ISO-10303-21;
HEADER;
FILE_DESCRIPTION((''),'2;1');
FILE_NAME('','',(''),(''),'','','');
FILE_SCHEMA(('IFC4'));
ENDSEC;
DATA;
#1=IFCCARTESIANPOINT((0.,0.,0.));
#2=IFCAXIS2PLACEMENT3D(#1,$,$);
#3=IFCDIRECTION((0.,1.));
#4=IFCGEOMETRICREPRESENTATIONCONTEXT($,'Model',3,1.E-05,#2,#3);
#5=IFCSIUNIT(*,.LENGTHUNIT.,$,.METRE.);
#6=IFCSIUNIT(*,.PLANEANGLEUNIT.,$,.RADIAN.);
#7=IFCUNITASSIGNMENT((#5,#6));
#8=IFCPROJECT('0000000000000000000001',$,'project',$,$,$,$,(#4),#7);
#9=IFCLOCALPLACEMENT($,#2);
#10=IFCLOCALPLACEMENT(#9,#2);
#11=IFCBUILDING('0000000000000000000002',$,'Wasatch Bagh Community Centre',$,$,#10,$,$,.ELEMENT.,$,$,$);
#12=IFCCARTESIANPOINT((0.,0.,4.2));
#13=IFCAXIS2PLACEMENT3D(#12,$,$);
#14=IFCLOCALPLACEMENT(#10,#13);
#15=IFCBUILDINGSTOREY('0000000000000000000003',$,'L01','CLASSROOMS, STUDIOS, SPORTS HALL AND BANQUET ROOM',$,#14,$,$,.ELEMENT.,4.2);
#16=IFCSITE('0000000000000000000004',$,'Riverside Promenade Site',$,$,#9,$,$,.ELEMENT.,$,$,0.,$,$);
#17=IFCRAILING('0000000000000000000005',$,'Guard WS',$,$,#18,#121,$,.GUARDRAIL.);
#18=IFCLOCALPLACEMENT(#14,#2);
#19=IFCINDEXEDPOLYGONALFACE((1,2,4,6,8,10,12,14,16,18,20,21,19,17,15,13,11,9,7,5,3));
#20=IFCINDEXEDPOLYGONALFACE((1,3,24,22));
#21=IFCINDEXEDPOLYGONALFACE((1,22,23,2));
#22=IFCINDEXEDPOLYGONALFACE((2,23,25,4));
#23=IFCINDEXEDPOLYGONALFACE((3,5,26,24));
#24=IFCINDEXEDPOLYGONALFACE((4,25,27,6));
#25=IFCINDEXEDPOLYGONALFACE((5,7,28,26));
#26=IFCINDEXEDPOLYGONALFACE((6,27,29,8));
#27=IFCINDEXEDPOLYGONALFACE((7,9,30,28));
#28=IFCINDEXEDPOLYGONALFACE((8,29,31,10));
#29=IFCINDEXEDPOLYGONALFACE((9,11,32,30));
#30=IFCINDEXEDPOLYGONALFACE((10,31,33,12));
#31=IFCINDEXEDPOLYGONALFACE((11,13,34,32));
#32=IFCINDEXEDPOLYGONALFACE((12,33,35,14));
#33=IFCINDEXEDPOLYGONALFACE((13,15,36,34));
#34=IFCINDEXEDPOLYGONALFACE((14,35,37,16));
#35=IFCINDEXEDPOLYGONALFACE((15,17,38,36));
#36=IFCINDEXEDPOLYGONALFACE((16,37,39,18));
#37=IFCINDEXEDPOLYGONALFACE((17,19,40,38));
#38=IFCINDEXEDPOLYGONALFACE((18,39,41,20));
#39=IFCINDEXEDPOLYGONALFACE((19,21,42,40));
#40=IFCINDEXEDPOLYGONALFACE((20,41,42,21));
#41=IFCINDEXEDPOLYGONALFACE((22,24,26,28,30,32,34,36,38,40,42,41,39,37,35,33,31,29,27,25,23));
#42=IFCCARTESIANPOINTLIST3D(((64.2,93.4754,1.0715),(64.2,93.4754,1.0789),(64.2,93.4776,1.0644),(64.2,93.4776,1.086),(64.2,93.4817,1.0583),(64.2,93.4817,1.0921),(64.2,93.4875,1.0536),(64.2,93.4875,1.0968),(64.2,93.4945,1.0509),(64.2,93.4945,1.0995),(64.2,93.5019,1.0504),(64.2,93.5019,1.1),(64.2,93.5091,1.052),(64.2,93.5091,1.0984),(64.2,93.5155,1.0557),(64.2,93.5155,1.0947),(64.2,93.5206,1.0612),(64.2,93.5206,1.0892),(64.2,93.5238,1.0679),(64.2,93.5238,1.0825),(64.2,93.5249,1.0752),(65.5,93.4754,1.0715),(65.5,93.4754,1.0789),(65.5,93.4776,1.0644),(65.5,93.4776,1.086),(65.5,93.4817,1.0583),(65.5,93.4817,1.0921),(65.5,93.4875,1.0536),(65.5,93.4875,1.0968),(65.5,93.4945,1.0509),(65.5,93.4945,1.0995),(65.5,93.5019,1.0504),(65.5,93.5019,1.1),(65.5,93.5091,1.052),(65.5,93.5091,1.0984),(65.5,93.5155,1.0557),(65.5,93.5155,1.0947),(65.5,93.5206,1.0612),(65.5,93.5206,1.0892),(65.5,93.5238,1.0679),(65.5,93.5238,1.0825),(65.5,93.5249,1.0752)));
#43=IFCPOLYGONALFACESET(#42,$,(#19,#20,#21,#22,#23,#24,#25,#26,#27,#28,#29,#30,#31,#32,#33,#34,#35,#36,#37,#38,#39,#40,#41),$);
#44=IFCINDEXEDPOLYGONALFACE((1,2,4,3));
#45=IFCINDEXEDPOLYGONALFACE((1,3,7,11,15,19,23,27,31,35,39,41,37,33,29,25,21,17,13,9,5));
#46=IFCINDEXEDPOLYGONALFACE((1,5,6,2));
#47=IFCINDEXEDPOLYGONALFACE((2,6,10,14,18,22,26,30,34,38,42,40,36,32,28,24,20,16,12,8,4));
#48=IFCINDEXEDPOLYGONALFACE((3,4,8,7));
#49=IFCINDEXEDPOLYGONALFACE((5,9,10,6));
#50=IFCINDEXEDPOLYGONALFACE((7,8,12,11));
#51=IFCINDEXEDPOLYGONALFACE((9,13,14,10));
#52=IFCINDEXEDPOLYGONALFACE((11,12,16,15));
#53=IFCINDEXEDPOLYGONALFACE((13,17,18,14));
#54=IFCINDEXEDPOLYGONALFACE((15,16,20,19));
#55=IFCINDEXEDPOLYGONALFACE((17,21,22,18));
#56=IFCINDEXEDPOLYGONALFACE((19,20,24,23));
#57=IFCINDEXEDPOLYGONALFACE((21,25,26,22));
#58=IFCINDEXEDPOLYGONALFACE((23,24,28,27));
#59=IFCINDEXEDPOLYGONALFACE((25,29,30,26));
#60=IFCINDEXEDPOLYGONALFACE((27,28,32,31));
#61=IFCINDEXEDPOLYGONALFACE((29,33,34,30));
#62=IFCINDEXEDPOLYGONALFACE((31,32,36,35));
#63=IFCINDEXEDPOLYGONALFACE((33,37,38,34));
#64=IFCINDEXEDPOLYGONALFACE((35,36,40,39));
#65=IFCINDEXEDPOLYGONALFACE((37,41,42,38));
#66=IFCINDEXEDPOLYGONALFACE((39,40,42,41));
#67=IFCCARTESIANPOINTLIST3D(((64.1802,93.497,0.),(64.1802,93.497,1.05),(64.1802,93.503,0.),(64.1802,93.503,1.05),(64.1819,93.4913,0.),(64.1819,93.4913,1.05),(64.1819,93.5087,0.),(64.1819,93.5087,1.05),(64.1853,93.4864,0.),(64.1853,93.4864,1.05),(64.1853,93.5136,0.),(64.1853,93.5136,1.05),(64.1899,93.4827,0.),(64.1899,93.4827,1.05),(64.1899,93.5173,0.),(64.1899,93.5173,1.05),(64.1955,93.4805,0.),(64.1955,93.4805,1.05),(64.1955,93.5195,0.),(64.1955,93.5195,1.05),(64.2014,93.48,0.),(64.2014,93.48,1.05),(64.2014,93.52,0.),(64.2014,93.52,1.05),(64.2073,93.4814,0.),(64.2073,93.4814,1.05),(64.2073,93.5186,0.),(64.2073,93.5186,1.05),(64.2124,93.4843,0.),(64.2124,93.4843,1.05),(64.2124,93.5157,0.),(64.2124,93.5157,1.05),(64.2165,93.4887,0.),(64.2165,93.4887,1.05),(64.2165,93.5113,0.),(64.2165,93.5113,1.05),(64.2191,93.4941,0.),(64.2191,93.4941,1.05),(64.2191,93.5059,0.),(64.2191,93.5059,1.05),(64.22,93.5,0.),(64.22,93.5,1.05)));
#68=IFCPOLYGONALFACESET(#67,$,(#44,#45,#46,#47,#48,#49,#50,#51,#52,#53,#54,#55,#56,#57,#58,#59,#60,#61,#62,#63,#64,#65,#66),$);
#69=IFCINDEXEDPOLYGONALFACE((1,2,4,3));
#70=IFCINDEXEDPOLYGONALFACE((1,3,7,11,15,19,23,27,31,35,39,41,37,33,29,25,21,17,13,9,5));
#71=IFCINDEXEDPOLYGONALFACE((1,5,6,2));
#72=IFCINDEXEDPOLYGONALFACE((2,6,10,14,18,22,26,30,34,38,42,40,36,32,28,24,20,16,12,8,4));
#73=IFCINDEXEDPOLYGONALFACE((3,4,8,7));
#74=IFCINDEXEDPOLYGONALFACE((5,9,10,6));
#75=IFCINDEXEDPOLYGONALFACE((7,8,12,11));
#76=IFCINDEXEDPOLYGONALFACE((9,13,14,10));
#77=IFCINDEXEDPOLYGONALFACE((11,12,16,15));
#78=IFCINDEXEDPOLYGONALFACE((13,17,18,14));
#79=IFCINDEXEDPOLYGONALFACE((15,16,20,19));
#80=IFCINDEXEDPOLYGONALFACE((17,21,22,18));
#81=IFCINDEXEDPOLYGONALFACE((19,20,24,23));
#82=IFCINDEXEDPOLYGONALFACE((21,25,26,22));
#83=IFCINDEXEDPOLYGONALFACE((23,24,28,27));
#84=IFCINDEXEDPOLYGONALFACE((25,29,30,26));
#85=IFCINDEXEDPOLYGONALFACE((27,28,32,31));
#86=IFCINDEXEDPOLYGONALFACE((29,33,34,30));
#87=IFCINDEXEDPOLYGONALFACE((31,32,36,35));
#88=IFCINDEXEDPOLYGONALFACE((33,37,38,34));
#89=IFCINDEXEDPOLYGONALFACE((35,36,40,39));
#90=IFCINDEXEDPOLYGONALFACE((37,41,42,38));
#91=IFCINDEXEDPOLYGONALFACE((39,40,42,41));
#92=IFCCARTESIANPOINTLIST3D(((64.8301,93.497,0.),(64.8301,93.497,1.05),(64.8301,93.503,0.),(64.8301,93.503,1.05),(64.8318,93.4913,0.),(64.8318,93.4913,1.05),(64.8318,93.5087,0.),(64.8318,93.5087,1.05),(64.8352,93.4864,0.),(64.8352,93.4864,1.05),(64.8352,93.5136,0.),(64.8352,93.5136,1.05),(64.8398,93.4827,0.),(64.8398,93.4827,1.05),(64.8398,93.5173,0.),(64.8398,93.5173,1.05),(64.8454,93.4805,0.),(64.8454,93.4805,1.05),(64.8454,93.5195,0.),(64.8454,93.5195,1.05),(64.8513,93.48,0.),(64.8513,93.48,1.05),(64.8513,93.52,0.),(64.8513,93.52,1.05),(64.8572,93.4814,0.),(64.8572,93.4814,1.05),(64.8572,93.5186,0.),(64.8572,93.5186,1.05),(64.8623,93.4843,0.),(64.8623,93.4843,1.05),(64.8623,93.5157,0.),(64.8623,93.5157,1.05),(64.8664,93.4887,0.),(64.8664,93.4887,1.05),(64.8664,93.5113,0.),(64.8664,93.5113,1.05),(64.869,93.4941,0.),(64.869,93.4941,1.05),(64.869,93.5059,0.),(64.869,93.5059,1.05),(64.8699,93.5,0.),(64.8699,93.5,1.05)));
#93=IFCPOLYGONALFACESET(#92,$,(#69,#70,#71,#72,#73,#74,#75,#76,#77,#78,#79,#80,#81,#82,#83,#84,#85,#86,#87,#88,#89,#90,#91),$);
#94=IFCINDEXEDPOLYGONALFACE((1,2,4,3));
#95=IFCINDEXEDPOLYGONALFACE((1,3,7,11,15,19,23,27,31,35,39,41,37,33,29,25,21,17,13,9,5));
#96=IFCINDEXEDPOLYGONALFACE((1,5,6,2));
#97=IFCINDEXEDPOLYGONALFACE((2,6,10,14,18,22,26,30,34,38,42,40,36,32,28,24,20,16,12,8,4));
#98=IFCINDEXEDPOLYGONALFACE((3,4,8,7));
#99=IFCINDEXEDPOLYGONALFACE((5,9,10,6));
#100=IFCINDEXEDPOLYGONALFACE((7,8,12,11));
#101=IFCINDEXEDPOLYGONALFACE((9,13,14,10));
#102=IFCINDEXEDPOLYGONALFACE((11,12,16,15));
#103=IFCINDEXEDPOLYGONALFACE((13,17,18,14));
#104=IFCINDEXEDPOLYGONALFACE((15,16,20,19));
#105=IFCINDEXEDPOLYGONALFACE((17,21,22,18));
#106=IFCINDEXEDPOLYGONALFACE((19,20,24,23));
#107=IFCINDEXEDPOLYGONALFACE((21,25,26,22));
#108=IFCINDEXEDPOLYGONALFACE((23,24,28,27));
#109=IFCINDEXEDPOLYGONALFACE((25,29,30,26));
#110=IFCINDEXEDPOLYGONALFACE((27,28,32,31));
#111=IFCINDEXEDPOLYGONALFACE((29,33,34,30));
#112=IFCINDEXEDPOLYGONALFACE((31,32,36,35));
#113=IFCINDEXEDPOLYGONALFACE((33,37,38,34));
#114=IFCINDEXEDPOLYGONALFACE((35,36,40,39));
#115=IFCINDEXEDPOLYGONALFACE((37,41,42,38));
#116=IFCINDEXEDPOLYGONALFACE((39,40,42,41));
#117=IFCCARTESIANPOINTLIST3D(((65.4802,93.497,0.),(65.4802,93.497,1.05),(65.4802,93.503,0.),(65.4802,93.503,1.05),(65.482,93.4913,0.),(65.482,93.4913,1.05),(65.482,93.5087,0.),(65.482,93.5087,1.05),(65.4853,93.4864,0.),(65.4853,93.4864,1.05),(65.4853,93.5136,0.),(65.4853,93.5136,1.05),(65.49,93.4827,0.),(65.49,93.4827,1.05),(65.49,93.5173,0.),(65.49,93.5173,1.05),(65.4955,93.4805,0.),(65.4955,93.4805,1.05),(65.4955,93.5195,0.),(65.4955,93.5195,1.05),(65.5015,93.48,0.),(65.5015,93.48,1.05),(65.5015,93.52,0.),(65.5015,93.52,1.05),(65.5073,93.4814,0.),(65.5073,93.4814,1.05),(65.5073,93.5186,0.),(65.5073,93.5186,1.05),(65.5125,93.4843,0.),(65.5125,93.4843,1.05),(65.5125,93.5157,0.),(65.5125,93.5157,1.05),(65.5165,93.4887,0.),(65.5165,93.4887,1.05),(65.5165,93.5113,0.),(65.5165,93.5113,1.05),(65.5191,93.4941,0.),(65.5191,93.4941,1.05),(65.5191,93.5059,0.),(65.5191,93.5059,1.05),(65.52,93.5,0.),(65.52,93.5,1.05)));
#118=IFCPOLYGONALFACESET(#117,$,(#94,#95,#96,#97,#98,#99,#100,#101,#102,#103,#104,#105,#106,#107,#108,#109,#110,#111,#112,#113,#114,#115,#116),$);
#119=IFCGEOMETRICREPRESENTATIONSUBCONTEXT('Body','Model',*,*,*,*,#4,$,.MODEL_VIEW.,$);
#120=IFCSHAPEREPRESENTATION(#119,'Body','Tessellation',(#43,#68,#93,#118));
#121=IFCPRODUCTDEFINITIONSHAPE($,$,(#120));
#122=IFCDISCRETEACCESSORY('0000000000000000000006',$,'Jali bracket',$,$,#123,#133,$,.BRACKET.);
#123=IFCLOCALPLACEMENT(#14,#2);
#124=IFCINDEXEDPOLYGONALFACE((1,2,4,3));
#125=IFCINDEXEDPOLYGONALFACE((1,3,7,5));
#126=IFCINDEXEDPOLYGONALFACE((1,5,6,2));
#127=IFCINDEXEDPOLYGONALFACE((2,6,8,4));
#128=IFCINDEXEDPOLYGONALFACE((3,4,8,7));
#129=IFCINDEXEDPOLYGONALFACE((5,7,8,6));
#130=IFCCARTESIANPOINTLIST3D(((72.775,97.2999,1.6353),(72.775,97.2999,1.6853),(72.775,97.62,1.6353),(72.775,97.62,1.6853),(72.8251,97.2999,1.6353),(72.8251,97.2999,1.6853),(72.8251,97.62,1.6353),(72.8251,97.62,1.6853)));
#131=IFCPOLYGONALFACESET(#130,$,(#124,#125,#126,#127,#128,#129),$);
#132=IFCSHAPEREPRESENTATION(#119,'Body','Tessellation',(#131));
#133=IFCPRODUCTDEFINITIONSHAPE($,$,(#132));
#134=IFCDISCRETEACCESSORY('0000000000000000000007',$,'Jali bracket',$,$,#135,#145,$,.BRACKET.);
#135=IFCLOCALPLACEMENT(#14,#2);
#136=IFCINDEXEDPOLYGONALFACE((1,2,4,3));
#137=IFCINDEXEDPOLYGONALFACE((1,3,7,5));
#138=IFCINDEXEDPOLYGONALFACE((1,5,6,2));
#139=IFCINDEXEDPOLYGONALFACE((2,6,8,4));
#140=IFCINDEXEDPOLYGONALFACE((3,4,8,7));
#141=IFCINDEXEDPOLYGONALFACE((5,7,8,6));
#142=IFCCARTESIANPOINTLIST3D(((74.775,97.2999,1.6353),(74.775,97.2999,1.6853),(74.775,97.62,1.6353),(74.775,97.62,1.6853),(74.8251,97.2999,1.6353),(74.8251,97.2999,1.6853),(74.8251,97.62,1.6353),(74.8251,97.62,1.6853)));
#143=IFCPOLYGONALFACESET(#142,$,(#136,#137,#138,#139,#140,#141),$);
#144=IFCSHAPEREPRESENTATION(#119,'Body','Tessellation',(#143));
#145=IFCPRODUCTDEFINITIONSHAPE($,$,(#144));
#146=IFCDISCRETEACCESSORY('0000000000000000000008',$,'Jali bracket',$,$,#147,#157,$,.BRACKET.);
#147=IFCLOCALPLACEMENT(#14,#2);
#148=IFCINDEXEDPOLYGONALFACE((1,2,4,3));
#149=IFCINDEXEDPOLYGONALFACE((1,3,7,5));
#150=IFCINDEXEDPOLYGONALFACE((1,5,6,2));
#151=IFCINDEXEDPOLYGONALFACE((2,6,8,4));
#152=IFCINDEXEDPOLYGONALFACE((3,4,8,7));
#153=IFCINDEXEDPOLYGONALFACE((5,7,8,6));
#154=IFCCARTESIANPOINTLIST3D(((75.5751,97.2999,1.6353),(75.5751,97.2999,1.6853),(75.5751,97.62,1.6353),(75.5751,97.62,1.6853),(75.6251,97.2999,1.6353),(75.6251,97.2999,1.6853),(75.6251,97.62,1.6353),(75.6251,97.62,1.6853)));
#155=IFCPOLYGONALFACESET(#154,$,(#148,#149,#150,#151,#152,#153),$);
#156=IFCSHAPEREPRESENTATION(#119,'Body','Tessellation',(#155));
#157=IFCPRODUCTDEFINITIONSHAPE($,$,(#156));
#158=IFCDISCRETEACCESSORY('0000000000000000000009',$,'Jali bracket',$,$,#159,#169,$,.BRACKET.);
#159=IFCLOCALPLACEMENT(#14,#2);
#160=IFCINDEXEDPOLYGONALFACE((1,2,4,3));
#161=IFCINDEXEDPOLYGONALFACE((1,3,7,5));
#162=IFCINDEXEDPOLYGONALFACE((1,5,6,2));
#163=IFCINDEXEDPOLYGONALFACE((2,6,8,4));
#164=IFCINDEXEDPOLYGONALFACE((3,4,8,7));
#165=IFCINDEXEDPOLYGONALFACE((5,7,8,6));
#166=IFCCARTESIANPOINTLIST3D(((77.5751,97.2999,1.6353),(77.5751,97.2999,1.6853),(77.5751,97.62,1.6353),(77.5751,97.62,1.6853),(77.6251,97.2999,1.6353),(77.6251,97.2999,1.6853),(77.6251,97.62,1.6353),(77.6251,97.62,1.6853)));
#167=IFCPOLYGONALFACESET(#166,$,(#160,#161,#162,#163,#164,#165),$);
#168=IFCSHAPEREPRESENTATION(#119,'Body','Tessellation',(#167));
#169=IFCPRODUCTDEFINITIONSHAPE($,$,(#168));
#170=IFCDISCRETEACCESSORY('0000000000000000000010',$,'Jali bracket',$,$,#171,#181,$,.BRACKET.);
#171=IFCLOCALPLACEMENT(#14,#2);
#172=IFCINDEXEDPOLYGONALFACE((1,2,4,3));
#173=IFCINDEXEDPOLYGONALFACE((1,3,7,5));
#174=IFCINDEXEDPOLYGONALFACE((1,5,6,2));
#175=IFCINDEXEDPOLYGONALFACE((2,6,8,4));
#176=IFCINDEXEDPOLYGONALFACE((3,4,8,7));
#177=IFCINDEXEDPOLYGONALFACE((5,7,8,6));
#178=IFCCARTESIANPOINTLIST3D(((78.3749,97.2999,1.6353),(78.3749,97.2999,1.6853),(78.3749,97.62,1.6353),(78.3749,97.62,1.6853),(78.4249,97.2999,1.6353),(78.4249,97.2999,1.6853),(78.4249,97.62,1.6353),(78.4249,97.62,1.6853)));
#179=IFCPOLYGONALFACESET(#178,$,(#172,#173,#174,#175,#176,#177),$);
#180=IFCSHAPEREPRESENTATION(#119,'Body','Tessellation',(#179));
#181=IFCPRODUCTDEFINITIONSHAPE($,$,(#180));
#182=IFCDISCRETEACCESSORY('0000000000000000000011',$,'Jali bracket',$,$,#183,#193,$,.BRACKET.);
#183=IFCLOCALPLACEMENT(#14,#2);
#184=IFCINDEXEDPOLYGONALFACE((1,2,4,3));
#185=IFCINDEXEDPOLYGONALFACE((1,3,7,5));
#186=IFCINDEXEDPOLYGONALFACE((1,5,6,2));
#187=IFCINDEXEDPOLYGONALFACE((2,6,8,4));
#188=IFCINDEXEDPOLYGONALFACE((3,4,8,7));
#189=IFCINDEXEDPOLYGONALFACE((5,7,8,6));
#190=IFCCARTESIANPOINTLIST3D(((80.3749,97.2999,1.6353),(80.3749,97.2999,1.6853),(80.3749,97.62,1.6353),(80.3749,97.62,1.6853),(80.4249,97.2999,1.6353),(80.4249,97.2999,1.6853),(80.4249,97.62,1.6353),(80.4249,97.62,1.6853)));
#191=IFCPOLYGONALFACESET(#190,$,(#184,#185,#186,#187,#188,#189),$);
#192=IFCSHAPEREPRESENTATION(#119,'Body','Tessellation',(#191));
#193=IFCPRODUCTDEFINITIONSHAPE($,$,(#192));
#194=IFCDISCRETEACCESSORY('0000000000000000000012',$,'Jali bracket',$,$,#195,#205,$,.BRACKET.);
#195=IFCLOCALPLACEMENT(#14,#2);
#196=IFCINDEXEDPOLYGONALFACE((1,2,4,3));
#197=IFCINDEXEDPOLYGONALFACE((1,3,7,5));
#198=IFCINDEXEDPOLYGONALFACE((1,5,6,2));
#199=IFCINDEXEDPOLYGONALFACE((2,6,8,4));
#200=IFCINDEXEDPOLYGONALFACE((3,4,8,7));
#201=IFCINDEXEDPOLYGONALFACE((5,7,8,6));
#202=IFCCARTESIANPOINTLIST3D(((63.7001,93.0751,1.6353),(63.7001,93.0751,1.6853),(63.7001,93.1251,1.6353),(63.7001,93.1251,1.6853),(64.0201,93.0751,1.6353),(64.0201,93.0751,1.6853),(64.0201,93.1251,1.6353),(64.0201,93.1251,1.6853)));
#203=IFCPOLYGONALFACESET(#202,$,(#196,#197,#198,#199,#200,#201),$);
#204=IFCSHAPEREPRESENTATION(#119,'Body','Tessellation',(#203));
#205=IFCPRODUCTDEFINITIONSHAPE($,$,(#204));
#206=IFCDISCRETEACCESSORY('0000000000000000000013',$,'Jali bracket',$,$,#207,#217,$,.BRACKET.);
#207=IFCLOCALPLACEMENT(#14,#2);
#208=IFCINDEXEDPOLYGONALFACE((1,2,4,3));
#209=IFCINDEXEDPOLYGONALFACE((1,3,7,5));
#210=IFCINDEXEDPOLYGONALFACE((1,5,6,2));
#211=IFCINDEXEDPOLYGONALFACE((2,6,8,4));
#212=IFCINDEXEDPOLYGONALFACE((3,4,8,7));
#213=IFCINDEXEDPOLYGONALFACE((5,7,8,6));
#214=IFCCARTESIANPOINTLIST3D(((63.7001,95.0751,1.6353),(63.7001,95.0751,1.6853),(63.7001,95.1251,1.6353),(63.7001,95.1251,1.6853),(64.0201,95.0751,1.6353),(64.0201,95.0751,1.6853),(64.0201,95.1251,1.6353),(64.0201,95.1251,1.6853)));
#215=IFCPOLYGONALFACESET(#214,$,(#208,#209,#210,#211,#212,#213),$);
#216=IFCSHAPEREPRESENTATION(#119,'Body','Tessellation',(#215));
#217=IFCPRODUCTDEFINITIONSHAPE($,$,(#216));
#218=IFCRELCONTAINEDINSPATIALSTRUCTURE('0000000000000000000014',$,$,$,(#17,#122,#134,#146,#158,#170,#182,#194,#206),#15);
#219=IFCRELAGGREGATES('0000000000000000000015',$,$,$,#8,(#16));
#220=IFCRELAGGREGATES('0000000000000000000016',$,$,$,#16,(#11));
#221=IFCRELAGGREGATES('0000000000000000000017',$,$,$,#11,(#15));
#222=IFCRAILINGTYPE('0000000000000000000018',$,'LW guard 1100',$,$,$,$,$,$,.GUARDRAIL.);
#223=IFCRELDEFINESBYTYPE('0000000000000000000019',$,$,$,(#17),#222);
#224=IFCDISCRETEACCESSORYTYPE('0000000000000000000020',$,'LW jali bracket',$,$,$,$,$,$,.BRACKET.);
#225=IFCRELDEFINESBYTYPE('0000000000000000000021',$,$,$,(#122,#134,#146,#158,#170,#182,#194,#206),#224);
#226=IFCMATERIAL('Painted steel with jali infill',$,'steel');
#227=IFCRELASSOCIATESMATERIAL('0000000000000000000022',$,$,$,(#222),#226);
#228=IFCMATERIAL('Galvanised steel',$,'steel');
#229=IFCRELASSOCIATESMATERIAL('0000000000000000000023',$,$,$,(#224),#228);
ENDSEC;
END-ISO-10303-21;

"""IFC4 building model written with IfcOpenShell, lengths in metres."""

from ifc_helpers import new_model, si_unit, direction, frame, origin, origin_2d, place, context, subcontext, project, spatial, rectangle, circle, extrude, material, type_object, element, save


model = new_model("IFC4")

# Units and contexts
model_context = context("Model", 3, precision=1e-05, world=origin(), true_north=direction((0.0, 1.0)))
body_context = subcontext(model_context, "Body", "Model", "MODEL_VIEW")
ifc_project = project(units=[si_unit("LENGTHUNIT", "METRE"), si_unit("PLANEANGLEUNIT", "RADIAN")], contexts=[model_context])

# Site, building, storey
site_placement = place(None, origin())
site = spatial("IfcSite", under=ifc_project, at=site_placement, Name="Riverside Promenade Site", CompositionType="ELEMENT", RefElevation=0.0)
building_placement = place(site_placement, origin())
building = spatial("IfcBuilding", under=site, at=building_placement, Name="Wasatch Bagh Community Centre", CompositionType="ELEMENT")
storey_placement = place(building_placement, frame((0.0, 0.0, 4.2)))
storey = spatial("IfcBuildingStorey", under=building, at=storey_placement, Name="L01", Description="CLASSROOMS, STUDIOS, SPORTS HALL AND BANQUET ROOM", CompositionType="ELEMENT", Elevation=4.2)

# Railing
ifc_material_1 = material(Name="Painted steel with jali infill", Category="steel")
railing_type = type_object("IfcRailingType", Name="LW guard 1100", PredefinedType="GUARDRAIL", material=ifc_material_1)
railing_1_placement = place(storey_placement, frame((64.2, 93.5, 0.0)))
element("IfcRailing", 1, at=railing_1_placement, inside=storey, type_object=railing_type, Name="Guard WS", PredefinedType="GUARDRAIL", context=body_context, shape_type="SweptSolid", body=[
    extrude(circle(Radius=0.0249, at=origin_2d()), frame((0.0, 0.0, 1.0752), z_axis=(1.0, 0.0, 0.0), x_axis=(0.0, 1.0, 0.0)), (0.0, 0.0, 1.0), 1.3),
    extrude(circle(Radius=0.02, at=origin_2d()), origin(), (0.0, 0.0, 1.0), 1.05),
    extrude(circle(Radius=0.02, at=origin_2d()), frame((0.6499, 0.0, 0.0)), (0.0, 0.0, 1.0), 1.05),
    extrude(circle(Radius=0.02, at=origin_2d()), frame((1.3, 0.0, 0.0)), (0.0, 0.0, 1.0), 1.05),
])

# Discrete accessories
ifc_material_2 = material(Name="Galvanised steel", Category="steel")
discrete_accessory_type = type_object("IfcDiscreteAccessoryType", Name="LW jali bracket", PredefinedType="BRACKET", material=ifc_material_2)
for number, where, z_axis, x_axis, name in (
    (2, (72.8, 97.46, 1.6353), (0.0, 0.0, 1.0), (1.0, 0.0, 0.0), "Jali bracket"),
    (3, (74.8, 97.46, 1.6353), (0.0, 0.0, 1.0), (1.0, 0.0, 0.0), "Jali bracket"),
    (4, (75.6001, 97.46, 1.6353), (0.0, 0.0, 1.0), (1.0, 0.0, 0.0), "Jali bracket"),
    (5, (77.6001, 97.46, 1.6353), (0.0, 0.0, 1.0), (1.0, 0.0, 0.0), "Jali bracket"),
    (6, (78.3999, 97.46, 1.6353), (0.0, 0.0, 1.0), (1.0, 0.0, 0.0), "Jali bracket"),
    (7, (80.3999, 97.46, 1.6353), (0.0, 0.0, 1.0), (1.0, 0.0, 0.0), "Jali bracket"),
):
    element("IfcDiscreteAccessory", number, at=place(storey_placement, frame(where, z_axis=z_axis, x_axis=x_axis)), inside=storey, type_object=discrete_accessory_type, Name=name, PredefinedType="BRACKET", context=body_context, shape_type="SweptSolid", body=[
        extrude(rectangle(XDim=0.05, YDim=0.3201, at=origin_2d()), origin(), (0.0, 0.0, 1.0), 0.05),
    ])
for number, where, z_axis, x_axis, name in (
    (8, (63.8601, 93.1001, 1.6353), (0.0, 0.0, 1.0), (1.0, 0.0, 0.0), "Jali bracket"),
    (9, (63.8601, 95.1001, 1.6353), (0.0, 0.0, 1.0), (1.0, 0.0, 0.0), "Jali bracket"),
):
    element("IfcDiscreteAccessory", number, at=place(storey_placement, frame(where, z_axis=z_axis, x_axis=x_axis)), inside=storey, type_object=discrete_accessory_type, Name=name, PredefinedType="BRACKET", context=body_context, shape_type="SweptSolid", body=[
        extrude(rectangle(XDim=0.3201, YDim=0.05, at=origin_2d()), origin(), (0.0, 0.0, 1.0), 0.05),
    ])

save(model, "model.ifc")
